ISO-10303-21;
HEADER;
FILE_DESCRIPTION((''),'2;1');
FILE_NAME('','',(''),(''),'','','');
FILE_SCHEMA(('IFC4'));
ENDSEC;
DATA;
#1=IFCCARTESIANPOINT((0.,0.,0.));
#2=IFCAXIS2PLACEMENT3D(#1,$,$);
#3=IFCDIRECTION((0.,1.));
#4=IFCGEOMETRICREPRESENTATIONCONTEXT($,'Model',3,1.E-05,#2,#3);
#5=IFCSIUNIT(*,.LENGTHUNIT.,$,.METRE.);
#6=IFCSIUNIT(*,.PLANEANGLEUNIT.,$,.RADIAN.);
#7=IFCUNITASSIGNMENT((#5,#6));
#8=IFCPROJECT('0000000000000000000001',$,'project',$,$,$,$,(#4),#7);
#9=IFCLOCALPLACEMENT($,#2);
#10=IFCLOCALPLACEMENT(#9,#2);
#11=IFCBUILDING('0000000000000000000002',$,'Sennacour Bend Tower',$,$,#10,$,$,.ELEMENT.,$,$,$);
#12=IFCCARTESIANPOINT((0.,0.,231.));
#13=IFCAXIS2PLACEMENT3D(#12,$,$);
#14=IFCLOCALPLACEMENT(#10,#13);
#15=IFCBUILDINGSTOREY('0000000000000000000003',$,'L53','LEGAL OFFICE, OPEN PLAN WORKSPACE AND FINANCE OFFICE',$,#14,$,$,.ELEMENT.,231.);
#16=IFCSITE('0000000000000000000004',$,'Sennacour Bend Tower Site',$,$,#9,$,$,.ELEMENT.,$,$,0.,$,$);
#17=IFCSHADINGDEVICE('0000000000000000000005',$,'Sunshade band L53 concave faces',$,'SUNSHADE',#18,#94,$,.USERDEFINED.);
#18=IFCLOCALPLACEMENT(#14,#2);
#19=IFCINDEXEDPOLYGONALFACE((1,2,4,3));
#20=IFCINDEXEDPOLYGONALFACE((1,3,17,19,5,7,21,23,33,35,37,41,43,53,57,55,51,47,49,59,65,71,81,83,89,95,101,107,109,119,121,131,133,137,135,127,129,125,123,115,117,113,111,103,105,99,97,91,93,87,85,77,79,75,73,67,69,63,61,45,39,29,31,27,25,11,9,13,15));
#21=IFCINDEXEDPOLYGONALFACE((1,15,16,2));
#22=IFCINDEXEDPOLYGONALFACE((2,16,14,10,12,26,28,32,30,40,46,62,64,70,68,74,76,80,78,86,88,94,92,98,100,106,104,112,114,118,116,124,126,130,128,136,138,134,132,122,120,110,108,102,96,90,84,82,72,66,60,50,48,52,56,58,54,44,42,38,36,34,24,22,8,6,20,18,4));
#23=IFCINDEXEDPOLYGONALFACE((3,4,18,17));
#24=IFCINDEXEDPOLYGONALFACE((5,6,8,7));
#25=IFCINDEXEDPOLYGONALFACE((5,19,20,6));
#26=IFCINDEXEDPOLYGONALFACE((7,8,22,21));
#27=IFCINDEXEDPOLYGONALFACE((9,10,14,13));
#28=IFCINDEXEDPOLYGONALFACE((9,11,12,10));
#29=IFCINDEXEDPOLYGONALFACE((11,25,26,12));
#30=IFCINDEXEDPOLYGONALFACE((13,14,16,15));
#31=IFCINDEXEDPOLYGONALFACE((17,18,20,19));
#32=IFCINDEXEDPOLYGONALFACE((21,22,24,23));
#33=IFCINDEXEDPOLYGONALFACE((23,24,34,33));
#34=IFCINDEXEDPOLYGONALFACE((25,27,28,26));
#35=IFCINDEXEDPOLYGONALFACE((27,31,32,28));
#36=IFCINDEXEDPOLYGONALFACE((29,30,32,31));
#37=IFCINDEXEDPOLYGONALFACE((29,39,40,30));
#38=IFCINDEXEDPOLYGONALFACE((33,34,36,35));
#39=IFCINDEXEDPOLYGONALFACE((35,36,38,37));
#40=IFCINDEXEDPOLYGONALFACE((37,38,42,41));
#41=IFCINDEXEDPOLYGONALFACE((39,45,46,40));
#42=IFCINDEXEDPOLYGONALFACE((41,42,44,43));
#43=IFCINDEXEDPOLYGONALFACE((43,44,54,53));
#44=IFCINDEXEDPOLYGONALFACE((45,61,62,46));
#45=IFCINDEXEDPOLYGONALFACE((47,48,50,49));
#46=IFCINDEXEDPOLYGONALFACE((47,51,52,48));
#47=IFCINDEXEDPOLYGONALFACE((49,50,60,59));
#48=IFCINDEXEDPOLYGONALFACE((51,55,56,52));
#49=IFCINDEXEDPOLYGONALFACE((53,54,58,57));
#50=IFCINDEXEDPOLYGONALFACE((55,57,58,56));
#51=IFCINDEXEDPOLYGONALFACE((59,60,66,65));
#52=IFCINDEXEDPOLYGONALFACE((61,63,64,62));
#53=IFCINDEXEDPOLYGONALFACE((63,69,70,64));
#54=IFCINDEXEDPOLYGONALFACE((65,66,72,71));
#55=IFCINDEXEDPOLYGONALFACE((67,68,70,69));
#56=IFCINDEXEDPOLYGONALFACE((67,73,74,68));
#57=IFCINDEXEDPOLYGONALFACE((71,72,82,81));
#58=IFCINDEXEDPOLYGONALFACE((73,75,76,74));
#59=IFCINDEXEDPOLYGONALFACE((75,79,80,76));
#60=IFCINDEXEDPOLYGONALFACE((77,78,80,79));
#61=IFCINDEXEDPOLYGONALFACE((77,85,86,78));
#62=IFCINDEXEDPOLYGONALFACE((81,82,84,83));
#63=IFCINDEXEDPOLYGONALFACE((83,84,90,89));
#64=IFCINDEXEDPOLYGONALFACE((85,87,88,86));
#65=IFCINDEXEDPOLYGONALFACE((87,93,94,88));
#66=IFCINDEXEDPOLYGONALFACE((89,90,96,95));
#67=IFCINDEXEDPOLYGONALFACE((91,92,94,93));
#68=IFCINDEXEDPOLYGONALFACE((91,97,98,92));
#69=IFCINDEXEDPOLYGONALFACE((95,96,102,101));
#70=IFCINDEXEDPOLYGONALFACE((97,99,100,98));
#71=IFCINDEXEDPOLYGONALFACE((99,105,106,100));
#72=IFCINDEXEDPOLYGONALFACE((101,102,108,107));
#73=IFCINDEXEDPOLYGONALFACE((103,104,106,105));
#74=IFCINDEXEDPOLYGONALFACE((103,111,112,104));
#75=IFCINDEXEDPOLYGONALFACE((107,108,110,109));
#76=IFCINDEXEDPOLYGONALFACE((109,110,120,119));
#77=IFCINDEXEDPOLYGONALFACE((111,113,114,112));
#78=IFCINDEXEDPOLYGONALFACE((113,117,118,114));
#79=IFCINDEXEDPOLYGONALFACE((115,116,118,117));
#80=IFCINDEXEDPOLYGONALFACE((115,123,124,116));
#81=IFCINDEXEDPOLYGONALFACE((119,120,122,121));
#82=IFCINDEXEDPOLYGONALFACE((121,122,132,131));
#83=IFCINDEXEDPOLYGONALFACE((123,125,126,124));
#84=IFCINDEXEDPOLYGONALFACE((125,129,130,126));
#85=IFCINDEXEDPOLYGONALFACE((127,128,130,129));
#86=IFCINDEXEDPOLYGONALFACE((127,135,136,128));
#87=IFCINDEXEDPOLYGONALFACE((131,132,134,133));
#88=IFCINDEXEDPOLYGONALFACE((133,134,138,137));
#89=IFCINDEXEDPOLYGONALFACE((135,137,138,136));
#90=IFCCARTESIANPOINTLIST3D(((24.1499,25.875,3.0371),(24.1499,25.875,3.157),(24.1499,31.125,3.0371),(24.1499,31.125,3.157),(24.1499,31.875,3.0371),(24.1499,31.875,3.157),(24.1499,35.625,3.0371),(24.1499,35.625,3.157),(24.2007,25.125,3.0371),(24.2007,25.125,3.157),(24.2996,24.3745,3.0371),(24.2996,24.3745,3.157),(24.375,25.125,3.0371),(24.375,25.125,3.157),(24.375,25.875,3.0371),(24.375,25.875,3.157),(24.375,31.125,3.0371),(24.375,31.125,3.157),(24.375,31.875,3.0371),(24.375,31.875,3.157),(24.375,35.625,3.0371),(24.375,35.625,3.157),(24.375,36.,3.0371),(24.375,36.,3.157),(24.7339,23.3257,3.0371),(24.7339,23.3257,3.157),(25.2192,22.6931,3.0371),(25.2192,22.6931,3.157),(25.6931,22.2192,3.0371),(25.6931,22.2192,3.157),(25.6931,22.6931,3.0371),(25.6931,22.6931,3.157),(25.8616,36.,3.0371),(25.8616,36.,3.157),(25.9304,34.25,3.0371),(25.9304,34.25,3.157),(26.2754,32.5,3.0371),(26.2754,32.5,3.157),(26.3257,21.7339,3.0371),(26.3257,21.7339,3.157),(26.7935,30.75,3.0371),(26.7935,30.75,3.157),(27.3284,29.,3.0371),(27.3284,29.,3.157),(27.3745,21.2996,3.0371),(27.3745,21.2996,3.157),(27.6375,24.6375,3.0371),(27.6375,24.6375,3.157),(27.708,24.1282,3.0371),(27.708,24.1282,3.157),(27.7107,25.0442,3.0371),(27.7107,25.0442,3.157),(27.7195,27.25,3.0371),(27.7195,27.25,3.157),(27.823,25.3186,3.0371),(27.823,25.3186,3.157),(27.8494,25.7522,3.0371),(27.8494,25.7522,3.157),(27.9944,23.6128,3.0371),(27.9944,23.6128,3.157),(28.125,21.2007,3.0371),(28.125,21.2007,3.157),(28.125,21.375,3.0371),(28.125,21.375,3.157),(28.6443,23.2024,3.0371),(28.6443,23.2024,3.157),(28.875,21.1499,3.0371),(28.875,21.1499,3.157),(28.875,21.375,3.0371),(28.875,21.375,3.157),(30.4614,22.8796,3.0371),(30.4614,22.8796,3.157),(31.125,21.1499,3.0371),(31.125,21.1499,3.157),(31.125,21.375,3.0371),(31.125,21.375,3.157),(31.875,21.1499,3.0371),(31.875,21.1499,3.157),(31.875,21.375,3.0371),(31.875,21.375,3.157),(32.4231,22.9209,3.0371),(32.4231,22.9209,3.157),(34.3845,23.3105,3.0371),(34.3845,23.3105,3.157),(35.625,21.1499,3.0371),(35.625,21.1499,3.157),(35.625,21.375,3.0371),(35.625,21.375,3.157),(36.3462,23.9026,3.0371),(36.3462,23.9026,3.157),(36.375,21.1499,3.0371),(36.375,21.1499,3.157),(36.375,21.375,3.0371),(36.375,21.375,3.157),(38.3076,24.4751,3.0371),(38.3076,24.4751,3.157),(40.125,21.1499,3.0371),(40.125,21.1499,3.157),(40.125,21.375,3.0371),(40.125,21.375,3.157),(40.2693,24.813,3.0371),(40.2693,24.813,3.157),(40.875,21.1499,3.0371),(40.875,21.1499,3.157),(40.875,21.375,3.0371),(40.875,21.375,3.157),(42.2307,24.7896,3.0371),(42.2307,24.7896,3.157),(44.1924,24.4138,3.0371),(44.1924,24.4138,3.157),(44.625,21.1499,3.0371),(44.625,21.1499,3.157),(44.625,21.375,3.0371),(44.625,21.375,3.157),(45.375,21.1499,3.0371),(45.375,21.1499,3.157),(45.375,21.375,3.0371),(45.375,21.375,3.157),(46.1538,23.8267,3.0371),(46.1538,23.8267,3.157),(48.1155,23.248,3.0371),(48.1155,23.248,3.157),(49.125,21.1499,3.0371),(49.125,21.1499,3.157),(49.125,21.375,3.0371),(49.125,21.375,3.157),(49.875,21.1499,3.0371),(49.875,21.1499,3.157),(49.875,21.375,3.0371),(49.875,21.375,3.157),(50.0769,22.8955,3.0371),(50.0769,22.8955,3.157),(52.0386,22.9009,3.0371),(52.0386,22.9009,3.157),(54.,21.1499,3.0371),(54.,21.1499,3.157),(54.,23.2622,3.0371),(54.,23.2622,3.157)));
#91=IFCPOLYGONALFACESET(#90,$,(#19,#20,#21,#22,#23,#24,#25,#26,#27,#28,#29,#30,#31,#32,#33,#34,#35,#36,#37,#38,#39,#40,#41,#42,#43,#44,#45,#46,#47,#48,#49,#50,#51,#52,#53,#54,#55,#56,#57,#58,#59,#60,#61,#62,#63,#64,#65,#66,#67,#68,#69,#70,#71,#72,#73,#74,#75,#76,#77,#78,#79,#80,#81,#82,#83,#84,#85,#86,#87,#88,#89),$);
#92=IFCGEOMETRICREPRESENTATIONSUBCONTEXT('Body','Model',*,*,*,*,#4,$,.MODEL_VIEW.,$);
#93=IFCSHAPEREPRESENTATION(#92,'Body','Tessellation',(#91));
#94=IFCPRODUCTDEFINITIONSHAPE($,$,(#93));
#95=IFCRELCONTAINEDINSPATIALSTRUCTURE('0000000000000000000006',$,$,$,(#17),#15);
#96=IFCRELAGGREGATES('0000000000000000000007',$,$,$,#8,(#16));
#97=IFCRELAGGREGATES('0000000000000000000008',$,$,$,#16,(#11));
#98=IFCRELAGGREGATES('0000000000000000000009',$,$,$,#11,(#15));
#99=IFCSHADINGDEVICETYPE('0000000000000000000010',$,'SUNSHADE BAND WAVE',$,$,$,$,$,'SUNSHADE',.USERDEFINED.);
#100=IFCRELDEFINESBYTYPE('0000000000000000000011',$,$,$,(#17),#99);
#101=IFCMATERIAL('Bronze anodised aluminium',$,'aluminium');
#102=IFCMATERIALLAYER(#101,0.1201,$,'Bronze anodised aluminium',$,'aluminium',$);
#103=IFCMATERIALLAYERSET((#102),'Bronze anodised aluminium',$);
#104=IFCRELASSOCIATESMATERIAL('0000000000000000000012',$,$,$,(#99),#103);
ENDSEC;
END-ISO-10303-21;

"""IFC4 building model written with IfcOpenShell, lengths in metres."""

from ifc_helpers import new_model, si_unit, direction, frame, origin, place, context, subcontext, project, spatial, polyline, outline, extrude, material, layer, layer_set, type_object, element, save


model = new_model("IFC4")

# Units and contexts
model_context = context("Model", 3, precision=1e-05, world=origin(), true_north=direction((0.0, 1.0)))
body_context = subcontext(model_context, "Body", "Model", "MODEL_VIEW")
ifc_project = project(units=[si_unit("LENGTHUNIT", "METRE"), si_unit("PLANEANGLEUNIT", "RADIAN")], contexts=[model_context])

# Site, building, storey
site_placement = place(None, origin())
site = spatial("IfcSite", under=ifc_project, at=site_placement, Name="Sennacour Bend Tower Site", CompositionType="ELEMENT", RefElevation=0.0)
building_placement = place(site_placement, origin())
building = spatial("IfcBuilding", under=site, at=building_placement, Name="Sennacour Bend Tower", CompositionType="ELEMENT")
storey_placement = place(building_placement, frame((0.0, 0.0, 231.0)))
storey = spatial("IfcBuildingStorey", under=building, at=storey_placement, Name="L53", Description="LEGAL OFFICE, OPEN PLAN WORKSPACE AND FINANCE OFFICE", CompositionType="ELEMENT", Elevation=231.0)

# Shading device
ifc_material_1 = material(Name="Bronze anodised aluminium", Category="aluminium")
ifc_layer_1 = layer(ifc_material_1, 0.1201, Name="Bronze anodised aluminium", Category="aluminium")
ifc_layer_set_1 = layer_set([ifc_layer_1], Name="Bronze anodised aluminium")
shading_device_type_1 = type_object("IfcShadingDeviceType", Name="SUNSHADE BAND WAVE", ElementType="SUNSHADE", PredefinedType="USERDEFINED", material=ifc_layer_set_1)
shading_device_1_placement = place(storey_placement, frame((0.0, 0.0, 3.0371)))
element("IfcShadingDevice", 1, at=shading_device_1_placement, inside=storey, type_object=shading_device_type_1, Name="Sunshade band L53 concave faces", ObjectType="SUNSHADE", PredefinedType="USERDEFINED", context=body_context, shape_type="SweptSolid", body=[
    extrude(outline(polyline([(54.0, 21.1499), (49.875, 21.1499), (49.875, 21.375), (49.125, 21.375), (49.125, 21.1499), (45.375, 21.1499), (45.375, 21.375), (44.625, 21.375), (44.625, 21.1499), (40.875, 21.1499), (40.875, 21.375), (40.125, 21.375), (40.125, 21.1499), (36.375, 21.1499), (36.375, 21.375), (35.625, 21.375), (35.625, 21.1499), (31.875, 21.1499), (31.875, 21.375), (31.125, 21.375), (31.125, 21.1499), (28.875, 21.1499), (28.875, 21.375), (28.125, 21.375), (28.125, 21.2007), (27.3745, 21.2996), (26.3257, 21.7339), (25.6931, 22.2192), (25.6931, 22.6931), (25.2192, 22.6931), (24.7339, 23.3257), (24.2996, 24.3745), (24.2007, 25.125), (24.375, 25.125), (24.375, 25.875), (24.1499, 25.875), (24.1499, 31.125), (24.375, 31.125), (24.375, 31.875), (24.1499, 31.875), (24.1499, 35.625), (24.375, 35.625), (24.375, 36.0), (25.8616, 36.0), (25.9304, 34.25), (26.2754, 32.5), (26.7935, 30.75), (27.3284, 29.0), (27.7195, 27.25), (27.8494, 25.7522), (27.823, 25.3186), (27.7107, 25.0442), (27.6375, 24.6375), (27.708, 24.1282), (27.9944, 23.6128), (28.6443, 23.2024), (30.4614, 22.8796), (32.4231, 22.9209), (34.3845, 23.3105), (36.3462, 23.9026), (38.3076, 24.4751), (40.2693, 24.813), (42.2307, 24.7896), (44.1924, 24.4138), (46.1538, 23.8267), (48.1155, 23.248), (50.0769, 22.8955), (52.0386, 22.9009), (54.0, 23.2622), (54.0, 21.1499)])), origin(), (0.0, 0.0, 1.0), 0.1199),
])

save(model, "model.ifc")
